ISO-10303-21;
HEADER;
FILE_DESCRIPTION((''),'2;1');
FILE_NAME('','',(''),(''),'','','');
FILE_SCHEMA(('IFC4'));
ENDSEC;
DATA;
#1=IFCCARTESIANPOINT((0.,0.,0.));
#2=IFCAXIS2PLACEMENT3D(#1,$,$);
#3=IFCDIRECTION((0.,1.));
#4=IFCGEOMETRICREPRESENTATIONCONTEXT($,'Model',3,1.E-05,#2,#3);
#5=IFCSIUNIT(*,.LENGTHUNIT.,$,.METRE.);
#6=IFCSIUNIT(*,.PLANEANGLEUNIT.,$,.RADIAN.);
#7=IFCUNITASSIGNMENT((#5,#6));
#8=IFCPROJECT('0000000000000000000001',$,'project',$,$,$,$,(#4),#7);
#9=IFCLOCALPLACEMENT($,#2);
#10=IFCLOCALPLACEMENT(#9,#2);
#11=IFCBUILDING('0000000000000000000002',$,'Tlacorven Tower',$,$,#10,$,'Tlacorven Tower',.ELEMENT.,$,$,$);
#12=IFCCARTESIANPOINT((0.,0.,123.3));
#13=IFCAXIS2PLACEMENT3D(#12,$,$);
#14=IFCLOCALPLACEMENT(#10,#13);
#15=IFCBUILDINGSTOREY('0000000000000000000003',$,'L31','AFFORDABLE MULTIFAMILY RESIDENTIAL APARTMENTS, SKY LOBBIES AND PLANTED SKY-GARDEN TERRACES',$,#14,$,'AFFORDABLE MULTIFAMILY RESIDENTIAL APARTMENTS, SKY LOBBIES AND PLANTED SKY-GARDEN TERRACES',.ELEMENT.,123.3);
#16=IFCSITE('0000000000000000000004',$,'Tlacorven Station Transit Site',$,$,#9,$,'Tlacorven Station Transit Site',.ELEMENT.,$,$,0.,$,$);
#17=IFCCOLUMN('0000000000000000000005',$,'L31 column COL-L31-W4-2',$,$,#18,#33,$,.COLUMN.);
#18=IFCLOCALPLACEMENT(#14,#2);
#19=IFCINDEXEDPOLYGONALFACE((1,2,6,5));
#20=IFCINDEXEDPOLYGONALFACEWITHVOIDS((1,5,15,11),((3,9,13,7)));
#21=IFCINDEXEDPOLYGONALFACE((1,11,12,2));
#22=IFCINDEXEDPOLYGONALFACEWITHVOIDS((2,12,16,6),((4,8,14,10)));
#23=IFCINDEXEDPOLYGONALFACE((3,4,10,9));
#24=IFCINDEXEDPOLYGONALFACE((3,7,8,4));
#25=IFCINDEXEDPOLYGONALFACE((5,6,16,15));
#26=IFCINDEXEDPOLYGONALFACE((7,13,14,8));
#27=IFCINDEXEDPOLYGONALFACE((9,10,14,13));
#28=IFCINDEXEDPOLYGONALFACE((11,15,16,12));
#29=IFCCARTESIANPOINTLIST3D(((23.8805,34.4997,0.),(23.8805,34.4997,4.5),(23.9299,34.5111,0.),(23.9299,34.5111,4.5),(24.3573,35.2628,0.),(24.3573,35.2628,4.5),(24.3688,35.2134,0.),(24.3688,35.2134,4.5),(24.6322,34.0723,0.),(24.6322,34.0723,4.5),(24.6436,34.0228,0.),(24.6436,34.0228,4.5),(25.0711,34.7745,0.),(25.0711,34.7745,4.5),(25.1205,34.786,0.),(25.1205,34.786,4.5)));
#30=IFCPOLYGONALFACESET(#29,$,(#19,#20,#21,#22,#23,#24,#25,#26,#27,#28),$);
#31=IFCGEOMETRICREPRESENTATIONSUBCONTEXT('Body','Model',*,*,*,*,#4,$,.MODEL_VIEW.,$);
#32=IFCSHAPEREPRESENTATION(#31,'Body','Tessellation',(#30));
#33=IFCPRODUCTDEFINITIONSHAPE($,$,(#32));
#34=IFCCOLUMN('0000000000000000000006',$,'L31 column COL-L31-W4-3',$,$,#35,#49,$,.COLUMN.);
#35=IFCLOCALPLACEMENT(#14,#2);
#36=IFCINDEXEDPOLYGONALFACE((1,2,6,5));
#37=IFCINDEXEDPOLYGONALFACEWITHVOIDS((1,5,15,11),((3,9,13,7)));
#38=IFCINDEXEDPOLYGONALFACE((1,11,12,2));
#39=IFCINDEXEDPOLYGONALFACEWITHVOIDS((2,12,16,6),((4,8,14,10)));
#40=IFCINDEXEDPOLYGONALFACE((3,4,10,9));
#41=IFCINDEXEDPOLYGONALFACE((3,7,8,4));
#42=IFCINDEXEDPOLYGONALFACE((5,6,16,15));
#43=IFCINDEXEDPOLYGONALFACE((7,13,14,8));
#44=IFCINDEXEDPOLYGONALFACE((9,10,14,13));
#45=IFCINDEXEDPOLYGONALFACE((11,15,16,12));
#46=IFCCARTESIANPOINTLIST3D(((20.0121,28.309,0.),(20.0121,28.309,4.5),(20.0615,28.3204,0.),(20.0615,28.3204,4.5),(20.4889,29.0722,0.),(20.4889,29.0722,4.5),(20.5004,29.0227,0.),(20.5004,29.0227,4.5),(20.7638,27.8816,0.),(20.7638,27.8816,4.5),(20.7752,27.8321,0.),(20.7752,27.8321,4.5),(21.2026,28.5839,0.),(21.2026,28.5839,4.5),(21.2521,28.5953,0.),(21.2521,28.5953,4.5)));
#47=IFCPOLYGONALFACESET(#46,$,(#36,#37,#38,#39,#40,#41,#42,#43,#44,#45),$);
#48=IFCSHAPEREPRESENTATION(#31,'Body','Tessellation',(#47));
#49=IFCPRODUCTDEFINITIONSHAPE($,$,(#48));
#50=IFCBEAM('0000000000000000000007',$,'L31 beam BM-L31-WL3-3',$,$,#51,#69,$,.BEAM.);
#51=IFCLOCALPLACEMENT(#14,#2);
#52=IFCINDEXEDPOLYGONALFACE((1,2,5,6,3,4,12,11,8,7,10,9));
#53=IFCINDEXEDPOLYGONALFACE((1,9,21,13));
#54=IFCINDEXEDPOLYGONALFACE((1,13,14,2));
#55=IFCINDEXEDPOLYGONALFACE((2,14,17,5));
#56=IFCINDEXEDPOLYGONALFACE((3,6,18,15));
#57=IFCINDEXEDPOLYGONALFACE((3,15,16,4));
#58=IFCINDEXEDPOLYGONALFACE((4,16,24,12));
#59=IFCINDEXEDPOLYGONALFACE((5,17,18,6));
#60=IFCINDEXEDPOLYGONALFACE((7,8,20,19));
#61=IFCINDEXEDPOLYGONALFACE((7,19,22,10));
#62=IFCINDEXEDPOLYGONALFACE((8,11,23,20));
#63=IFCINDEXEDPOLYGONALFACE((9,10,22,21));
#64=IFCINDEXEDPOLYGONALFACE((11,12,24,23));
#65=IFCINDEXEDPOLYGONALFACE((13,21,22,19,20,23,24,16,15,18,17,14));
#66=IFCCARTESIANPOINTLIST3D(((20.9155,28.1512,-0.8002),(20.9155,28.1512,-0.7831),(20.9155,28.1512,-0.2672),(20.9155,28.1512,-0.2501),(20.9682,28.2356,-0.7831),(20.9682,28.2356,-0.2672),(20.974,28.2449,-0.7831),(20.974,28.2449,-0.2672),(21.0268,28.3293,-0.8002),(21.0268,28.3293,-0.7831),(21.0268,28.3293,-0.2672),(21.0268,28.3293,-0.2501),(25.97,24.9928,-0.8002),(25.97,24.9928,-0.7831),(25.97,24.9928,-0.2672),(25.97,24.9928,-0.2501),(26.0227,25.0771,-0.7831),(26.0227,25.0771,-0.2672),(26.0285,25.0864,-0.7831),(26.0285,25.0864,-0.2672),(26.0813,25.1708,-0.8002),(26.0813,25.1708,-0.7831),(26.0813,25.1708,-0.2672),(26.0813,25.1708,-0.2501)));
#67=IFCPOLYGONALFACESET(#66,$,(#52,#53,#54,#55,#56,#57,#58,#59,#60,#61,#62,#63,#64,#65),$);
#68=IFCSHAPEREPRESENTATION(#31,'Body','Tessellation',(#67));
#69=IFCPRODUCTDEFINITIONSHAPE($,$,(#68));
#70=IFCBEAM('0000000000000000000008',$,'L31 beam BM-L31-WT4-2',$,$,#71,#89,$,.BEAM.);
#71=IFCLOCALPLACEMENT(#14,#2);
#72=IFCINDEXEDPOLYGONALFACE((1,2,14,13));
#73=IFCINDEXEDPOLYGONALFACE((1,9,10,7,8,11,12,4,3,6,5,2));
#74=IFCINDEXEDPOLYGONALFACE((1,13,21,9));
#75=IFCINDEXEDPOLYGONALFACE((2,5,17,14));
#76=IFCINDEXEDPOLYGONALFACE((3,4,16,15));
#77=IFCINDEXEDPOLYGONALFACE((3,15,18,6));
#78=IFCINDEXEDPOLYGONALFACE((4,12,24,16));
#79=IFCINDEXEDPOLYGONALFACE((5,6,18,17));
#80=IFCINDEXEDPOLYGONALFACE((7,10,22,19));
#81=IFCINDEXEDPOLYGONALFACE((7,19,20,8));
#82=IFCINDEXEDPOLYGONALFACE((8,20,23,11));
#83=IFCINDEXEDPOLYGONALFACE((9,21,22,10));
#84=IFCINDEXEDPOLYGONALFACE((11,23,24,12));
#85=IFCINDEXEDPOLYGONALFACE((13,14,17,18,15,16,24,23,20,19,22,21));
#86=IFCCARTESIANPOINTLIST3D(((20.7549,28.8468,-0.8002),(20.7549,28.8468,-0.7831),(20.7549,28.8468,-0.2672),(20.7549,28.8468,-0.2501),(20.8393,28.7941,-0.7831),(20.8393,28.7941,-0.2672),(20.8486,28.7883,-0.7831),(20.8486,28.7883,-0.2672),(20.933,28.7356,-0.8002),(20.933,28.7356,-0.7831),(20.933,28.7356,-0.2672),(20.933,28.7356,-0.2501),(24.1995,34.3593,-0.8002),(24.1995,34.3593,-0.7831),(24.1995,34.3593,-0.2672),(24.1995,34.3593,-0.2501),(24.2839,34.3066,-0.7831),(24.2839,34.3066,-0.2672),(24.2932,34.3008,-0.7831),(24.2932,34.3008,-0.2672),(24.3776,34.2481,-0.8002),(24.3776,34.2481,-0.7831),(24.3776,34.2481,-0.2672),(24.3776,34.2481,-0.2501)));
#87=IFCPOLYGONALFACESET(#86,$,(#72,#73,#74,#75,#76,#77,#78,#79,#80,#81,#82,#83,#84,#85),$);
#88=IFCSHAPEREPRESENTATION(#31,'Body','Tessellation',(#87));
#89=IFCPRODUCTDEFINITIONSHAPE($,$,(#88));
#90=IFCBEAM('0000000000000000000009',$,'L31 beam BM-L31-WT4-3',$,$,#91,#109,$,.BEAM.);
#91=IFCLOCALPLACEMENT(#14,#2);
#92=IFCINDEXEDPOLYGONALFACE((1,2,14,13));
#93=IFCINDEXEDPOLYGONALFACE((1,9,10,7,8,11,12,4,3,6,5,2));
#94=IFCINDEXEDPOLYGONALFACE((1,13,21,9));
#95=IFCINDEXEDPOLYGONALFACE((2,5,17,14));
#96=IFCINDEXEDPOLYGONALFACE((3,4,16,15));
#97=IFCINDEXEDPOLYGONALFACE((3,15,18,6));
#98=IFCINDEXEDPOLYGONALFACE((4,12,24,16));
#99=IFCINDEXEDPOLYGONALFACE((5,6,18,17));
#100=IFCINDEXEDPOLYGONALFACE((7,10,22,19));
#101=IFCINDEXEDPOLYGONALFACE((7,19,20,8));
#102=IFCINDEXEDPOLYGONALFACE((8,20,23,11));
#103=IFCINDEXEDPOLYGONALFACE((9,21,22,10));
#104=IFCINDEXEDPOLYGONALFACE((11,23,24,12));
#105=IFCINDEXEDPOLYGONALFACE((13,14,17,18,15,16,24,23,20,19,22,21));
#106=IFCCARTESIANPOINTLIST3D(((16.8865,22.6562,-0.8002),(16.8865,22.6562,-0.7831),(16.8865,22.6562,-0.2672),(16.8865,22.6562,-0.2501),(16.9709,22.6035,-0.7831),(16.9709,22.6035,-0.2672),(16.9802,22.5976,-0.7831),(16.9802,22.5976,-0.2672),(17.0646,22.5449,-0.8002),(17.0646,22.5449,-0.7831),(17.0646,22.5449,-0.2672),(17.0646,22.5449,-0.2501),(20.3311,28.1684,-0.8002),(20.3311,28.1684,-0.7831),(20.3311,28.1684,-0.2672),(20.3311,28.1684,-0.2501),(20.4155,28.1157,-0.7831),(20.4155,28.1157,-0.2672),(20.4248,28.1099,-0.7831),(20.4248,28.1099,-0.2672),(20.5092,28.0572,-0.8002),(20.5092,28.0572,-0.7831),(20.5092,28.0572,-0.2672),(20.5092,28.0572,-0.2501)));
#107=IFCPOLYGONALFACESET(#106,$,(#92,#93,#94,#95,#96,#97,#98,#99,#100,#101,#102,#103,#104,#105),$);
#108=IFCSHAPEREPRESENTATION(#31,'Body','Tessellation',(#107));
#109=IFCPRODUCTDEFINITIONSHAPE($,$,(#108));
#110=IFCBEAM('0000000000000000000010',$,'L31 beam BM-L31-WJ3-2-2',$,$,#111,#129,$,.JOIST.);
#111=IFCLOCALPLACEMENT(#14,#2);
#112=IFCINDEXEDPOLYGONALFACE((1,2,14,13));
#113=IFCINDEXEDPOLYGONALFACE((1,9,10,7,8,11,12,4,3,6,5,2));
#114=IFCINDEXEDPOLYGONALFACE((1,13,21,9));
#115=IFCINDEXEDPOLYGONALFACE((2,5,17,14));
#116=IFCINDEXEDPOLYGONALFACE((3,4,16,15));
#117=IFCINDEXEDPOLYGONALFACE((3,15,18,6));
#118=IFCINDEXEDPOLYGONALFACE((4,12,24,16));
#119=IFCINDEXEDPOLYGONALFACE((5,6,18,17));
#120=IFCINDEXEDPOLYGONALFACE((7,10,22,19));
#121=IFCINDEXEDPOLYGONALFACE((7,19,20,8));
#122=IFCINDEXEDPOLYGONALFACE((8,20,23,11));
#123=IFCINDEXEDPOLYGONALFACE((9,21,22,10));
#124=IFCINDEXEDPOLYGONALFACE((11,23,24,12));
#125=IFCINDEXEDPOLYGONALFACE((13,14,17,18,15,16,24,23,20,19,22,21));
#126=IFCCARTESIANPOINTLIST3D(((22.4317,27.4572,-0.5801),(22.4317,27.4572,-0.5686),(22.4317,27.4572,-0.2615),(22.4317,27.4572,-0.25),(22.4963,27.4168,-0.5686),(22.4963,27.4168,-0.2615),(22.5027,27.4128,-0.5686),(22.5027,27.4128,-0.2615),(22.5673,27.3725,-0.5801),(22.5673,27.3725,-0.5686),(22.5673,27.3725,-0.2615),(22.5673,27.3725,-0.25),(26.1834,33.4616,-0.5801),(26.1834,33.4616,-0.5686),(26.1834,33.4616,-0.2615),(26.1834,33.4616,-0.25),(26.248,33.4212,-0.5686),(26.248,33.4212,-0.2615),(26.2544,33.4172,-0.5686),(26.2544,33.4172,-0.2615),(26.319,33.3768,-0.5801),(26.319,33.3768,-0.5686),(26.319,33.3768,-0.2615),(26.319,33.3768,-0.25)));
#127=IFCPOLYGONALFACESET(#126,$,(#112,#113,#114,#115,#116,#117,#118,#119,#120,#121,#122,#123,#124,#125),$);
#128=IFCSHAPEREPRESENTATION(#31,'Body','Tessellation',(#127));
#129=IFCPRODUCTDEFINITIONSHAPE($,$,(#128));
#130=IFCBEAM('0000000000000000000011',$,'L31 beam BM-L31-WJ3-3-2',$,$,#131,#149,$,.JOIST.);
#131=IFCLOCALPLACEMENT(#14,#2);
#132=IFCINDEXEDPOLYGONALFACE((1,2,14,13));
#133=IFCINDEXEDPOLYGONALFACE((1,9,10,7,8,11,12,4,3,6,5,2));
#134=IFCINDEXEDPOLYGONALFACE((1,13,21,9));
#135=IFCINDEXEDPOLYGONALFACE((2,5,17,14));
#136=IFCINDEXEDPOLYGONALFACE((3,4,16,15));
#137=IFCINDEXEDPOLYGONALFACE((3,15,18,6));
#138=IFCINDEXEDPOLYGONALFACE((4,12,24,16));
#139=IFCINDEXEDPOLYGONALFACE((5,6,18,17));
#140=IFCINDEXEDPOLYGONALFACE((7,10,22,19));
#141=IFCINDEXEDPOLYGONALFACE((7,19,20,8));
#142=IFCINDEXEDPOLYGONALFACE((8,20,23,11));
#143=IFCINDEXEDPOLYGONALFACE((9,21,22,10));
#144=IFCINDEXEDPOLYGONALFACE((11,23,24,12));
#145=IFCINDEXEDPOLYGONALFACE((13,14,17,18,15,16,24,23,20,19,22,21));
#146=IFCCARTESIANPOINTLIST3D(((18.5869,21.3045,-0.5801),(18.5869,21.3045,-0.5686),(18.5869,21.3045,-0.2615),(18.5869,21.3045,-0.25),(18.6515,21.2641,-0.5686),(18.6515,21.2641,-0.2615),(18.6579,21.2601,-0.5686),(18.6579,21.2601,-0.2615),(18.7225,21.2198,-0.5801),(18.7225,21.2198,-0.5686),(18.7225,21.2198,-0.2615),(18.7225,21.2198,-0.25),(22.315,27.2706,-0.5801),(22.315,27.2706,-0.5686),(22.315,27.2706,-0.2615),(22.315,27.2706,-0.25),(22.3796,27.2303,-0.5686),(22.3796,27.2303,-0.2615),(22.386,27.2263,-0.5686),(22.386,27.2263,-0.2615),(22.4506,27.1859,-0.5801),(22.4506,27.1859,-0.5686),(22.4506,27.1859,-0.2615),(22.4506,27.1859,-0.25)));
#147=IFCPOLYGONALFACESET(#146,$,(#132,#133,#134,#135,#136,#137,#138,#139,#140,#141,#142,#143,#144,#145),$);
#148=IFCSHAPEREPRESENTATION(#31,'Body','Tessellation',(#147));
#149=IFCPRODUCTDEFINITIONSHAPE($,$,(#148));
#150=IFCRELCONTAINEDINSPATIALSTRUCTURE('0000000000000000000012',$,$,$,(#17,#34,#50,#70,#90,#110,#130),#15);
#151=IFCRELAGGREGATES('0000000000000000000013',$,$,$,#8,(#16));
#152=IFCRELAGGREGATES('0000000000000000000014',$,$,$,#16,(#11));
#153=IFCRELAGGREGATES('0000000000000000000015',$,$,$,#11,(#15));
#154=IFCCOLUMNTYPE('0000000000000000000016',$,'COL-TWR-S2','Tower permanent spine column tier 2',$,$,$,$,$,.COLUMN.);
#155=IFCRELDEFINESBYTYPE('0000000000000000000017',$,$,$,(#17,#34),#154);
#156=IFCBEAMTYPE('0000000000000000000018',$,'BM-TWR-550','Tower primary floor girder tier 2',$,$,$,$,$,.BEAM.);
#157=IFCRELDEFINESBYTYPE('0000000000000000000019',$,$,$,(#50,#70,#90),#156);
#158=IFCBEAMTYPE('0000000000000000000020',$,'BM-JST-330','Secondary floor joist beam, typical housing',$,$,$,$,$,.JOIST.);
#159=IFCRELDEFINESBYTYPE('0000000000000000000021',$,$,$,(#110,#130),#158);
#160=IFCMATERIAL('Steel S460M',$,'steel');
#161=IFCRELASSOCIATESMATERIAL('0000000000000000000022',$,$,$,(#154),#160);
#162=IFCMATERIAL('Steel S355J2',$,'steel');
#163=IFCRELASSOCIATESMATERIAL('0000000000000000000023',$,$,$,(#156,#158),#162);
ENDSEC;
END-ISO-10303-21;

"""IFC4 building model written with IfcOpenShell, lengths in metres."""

from ifc_helpers import new_model, si_unit, direction, frame, origin, origin_2d, place, context, subcontext, project, spatial, hollow_rectangle, i_section, extrude, source, transform, mapped, material, material_profile, profile_set, type_object, element, save


model = new_model("IFC4")

# Units and contexts
model_context = context("Model", 3, precision=1e-05, world=origin(), true_north=direction((0.0, 1.0)))
body_context = subcontext(model_context, "Body", "Model", "MODEL_VIEW")
ifc_project = project(units=[si_unit("LENGTHUNIT", "METRE"), si_unit("PLANEANGLEUNIT", "RADIAN")], contexts=[model_context])

# Site, building, storey
site_placement = place(None, origin())
site = spatial("IfcSite", under=ifc_project, at=site_placement, Name="Tlacorven Station Transit Site", LongName="Tlacorven Station Transit Site", CompositionType="ELEMENT", RefElevation=0.0)
building_placement = place(site_placement, origin())
building = spatial("IfcBuilding", under=site, at=building_placement, Name="Tlacorven Tower", LongName="Tlacorven Tower", CompositionType="ELEMENT")
storey_placement = place(building_placement, frame((0.0, 0.0, 123.3)))
storey = spatial("IfcBuildingStorey", under=building, at=storey_placement, Name="L31", Description="AFFORDABLE MULTIFAMILY RESIDENTIAL APARTMENTS, SKY LOBBIES AND PLANTED SKY-GARDEN TERRACES", LongName="AFFORDABLE MULTIFAMILY RESIDENTIAL APARTMENTS, SKY LOBBIES AND PLANTED SKY-GARDEN TERRACES", CompositionType="ELEMENT", Elevation=123.3)

# Columns
ifc_material_1 = material(Name="Steel S460M", Category="steel")
ifc_material_profile_1 = material_profile(ifc_material_1, hollow_rectangle(XDim=0.8999, YDim=0.8999, WallThickness=0.0359, at=origin_2d()), Name="BOX 900X900X36")
ifc_profile_set_1 = profile_set([ifc_material_profile_1], Name="Steel S460M")
column_type = type_object("IfcColumnType", Name="COL-TWR-S2", Description="Tower permanent spine column tier 2", PredefinedType="COLUMN", material=ifc_profile_set_1)
shared_shape_1 = source(origin(), body_context, "Body", "SweptSolid", [
    extrude(hollow_rectangle(XDim=0.8999, YDim=0.8999, WallThickness=0.0359, at=origin_2d()), origin(), (0.0, 0.0, 1.0), 4.5),
])
for number, where, z_axis, x_axis, name in (
    (1, (24.5005, 34.6428, 0.0), (0.0, 0.0, 1.0), (-0.848048, 0.529919, 0.0), "L31 column COL-L31-W4-2"),
    (2, (20.6321, 28.4521, 0.0), (0.0, 0.0, 1.0), (-0.848048, 0.529919, 0.0), "L31 column COL-L31-W4-3"),
):
    element("IfcColumn", number, at=place(storey_placement, frame(where, z_axis=z_axis, x_axis=x_axis)), inside=storey, type_object=column_type, Name=name, PredefinedType="COLUMN", context=body_context, shape_type="MappedRepresentation", body=[
        mapped(shared_shape_1, transform((0.0, 0.0, 0.0), scale=1.0)),
    ])

# Beams
ifc_material_2 = material(Name="Steel S355J2", Category="steel")
ifc_material_profile_2 = material_profile(ifc_material_2, i_section(OverallWidth=0.21, OverallDepth=0.55, WebThickness=0.011, FlangeThickness=0.0171, at=origin_2d()), Name="IPE 550")
ifc_profile_set_2 = profile_set([ifc_material_profile_2], Name="Steel S355J2")
beam_type_1 = type_object("IfcBeamType", Name="BM-TWR-550", Description="Tower primary floor girder tier 2", PredefinedType="BEAM", material=ifc_profile_set_2)
shared_shape_2 = source(origin(), body_context, "Body", "SweptSolid", [
    extrude(i_section(OverallWidth=0.21, OverallDepth=0.55, WebThickness=0.011, FlangeThickness=0.0171, at=origin_2d()), origin(), (0.0, 0.0, 1.0), 5.9602),
])
beam_1_placement = place(storey_placement, frame((26.0256, 25.0818, -0.5251), z_axis=(-0.848042, 0.529929, 0.0), x_axis=(-0.529929, -0.848042, 0.0)))
element("IfcBeam", 3, at=beam_1_placement, inside=storey, type_object=beam_type_1, Name="L31 beam BM-L31-WL3-3", PredefinedType="BEAM", context=body_context, shape_type="MappedRepresentation", body=[
    mapped(shared_shape_2, transform((0.0, 0.0, 0.0), scale=1.0)),
])
shared_shape_3 = source(origin(), body_context, "Body", "SweptSolid", [
    extrude(i_section(OverallWidth=0.21, OverallDepth=0.55, WebThickness=0.011, FlangeThickness=0.0171, at=origin_2d()), origin(), (0.0, 0.0, 1.0), 6.5002),
])
beam_2_placement = place(storey_placement, frame((24.2886, 34.3037, -0.5251), z_axis=(-0.529921, -0.848047, 0.0), x_axis=(0.848047, -0.529921, 0.0)))
element("IfcBeam", 4, at=beam_2_placement, inside=storey, type_object=beam_type_1, Name="L31 beam BM-L31-WT4-2", PredefinedType="BEAM", context=body_context, shape_type="MappedRepresentation", body=[
    mapped(shared_shape_3, transform((0.0, 0.0, 0.0), scale=1.0)),
])
shared_shape_4 = source(origin(), body_context, "Body", "SweptSolid", [
    extrude(i_section(OverallWidth=0.21, OverallDepth=0.55, WebThickness=0.011, FlangeThickness=0.0171, at=origin_2d()), origin(), (0.0, 0.0, 1.0), 6.5),
])
beam_3_placement = place(storey_placement, frame((20.4202, 28.1128, -0.5251), z_axis=(-0.529938, -0.848036, 0.0), x_axis=(0.848036, -0.529938, 0.0)))
element("IfcBeam", 5, at=beam_3_placement, inside=storey, type_object=beam_type_1, Name="L31 beam BM-L31-WT4-3", PredefinedType="BEAM", context=body_context, shape_type="MappedRepresentation", body=[
    mapped(shared_shape_4, transform((0.0, 0.0, 0.0), scale=1.0)),
])
ifc_material_profile_3 = material_profile(ifc_material_2, i_section(OverallWidth=0.1599, OverallDepth=0.3301, WebThickness=0.0076, FlangeThickness=0.0115, at=origin_2d()), Name="IPE 330")
ifc_profile_set_3 = profile_set([ifc_material_profile_3], Name="Steel S355J2")
beam_type_2 = type_object("IfcBeamType", Name="BM-JST-330", Description="Secondary floor joist beam, typical housing", PredefinedType="JOIST", material=ifc_profile_set_3)
shared_shape_5 = source(origin(), body_context, "Body", "SweptSolid", [
    extrude(i_section(OverallWidth=0.1599, OverallDepth=0.3301, WebThickness=0.0076, FlangeThickness=0.0115, at=origin_2d()), origin(), (0.0, 0.0, 1.0), 7.0801),
])
beam_4_placement = place(storey_placement, frame((26.2512, 33.4192, -0.415), z_axis=(-0.529894, -0.848064, 0.0), x_axis=(0.848064, -0.529894, 0.0)))
element("IfcBeam", 6, at=beam_4_placement, inside=storey, type_object=beam_type_2, Name="L31 beam BM-L31-WJ3-2-2", PredefinedType="JOIST", context=body_context, shape_type="MappedRepresentation", body=[
    mapped(shared_shape_5, transform((0.0, 0.0, 0.0), scale=1.0)),
])
shared_shape_6 = source(origin(), body_context, "Body", "SweptSolid", [
    extrude(i_section(OverallWidth=0.1599, OverallDepth=0.3301, WebThickness=0.0076, FlangeThickness=0.0115, at=origin_2d()), origin(), (0.0, 0.0, 1.0), 7.0352),
])
beam_5_placement = place(storey_placement, frame((22.3828, 27.2283, -0.415), z_axis=(-0.529921, -0.848047, 0.0), x_axis=(0.848047, -0.529921, 0.0)))
element("IfcBeam", 7, at=beam_5_placement, inside=storey, type_object=beam_type_2, Name="L31 beam BM-L31-WJ3-3-2", PredefinedType="JOIST", context=body_context, shape_type="MappedRepresentation", body=[
    mapped(shared_shape_6, transform((0.0, 0.0, 0.0), scale=1.0)),
])

save(model, "model.ifc")
